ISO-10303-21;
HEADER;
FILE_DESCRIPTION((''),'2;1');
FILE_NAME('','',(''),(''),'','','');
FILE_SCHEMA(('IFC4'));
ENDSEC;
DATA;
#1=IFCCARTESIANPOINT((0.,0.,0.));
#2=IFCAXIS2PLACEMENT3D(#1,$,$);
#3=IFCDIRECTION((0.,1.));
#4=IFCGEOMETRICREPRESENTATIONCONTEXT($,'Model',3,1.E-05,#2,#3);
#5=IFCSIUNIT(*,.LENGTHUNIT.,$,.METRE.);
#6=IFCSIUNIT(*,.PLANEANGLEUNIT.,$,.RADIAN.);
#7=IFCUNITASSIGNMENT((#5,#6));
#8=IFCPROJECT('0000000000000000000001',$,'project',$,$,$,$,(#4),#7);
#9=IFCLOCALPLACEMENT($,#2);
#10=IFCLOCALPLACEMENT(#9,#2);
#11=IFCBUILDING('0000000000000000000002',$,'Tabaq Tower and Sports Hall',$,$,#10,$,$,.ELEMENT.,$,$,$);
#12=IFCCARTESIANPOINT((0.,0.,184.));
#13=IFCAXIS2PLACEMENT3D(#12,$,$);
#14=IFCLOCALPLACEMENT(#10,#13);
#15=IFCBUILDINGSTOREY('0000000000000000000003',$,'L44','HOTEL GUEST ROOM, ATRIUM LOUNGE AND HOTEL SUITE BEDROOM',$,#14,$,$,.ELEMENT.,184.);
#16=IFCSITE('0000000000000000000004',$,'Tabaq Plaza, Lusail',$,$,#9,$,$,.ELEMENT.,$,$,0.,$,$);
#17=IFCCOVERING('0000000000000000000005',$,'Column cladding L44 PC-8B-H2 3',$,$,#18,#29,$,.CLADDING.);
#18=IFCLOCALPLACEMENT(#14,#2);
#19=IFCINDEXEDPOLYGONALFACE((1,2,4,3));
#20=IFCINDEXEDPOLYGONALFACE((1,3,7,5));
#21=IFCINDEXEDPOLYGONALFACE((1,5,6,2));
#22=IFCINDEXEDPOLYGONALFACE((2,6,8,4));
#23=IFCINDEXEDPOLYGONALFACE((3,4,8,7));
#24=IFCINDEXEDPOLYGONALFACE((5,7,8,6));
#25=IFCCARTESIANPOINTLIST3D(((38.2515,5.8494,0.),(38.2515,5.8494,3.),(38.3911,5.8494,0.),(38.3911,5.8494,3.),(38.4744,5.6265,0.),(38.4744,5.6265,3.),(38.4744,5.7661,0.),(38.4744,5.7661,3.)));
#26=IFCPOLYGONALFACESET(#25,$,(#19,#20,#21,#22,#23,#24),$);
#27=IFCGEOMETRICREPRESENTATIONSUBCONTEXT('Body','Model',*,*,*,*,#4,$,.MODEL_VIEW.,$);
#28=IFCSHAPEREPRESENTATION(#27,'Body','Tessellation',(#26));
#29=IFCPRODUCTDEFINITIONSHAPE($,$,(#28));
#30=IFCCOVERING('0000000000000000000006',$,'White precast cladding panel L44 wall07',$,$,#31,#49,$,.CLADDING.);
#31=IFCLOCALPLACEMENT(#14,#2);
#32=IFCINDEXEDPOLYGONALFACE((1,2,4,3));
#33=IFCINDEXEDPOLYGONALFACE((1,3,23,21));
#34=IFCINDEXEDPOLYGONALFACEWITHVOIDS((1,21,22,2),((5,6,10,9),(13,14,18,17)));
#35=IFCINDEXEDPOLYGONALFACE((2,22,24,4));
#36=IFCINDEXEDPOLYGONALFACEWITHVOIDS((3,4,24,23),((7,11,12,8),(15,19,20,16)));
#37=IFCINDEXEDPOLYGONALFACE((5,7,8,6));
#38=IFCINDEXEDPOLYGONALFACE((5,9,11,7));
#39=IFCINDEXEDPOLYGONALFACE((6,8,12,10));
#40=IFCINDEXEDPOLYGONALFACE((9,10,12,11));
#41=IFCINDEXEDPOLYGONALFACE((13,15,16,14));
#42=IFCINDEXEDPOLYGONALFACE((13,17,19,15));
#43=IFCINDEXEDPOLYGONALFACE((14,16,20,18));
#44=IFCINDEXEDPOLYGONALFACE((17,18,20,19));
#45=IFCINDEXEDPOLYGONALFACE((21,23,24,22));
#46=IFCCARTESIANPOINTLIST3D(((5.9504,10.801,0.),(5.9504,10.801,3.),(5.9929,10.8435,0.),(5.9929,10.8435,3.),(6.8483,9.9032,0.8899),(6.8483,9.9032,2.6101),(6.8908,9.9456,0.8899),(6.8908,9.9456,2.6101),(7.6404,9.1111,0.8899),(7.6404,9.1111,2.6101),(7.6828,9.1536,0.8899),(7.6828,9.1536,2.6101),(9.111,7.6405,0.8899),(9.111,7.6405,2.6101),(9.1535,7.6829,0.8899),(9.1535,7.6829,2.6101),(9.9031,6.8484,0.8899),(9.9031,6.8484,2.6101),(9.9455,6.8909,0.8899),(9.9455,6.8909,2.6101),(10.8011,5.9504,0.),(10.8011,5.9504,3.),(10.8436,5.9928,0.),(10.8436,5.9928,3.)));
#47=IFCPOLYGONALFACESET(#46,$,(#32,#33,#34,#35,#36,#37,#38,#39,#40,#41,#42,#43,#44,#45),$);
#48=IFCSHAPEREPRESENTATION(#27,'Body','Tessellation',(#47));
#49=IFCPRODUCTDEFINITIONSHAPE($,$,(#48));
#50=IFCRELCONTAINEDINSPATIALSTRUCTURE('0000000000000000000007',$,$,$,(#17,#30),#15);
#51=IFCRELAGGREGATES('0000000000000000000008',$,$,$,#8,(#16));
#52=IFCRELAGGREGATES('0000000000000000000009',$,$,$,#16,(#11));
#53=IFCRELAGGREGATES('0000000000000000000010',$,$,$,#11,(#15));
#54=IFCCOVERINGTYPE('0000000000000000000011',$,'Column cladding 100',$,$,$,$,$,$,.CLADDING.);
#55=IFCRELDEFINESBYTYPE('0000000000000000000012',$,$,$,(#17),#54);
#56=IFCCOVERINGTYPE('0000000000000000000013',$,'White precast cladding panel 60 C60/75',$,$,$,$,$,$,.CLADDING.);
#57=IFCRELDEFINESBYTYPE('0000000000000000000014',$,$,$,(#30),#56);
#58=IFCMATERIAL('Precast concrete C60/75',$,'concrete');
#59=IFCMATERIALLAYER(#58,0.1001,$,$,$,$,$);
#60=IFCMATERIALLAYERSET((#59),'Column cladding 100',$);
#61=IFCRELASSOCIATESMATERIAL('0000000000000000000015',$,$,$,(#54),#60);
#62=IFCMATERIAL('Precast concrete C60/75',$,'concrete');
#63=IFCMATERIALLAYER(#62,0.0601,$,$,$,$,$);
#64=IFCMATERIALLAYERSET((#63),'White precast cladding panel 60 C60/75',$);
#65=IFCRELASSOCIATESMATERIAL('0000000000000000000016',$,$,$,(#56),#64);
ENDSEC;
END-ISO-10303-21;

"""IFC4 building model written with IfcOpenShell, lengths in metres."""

from ifc_helpers import new_model, si_unit, direction, frame, origin, place, context, subcontext, project, spatial, polyline, outline, extrude, material, layer, layer_set, type_object, element, save


model = new_model("IFC4")

# Units and contexts
model_context = context("Model", 3, precision=1e-05, world=origin(), true_north=direction((0.0, 1.0)))
body_context = subcontext(model_context, "Body", "Model", "MODEL_VIEW")
ifc_project = project(units=[si_unit("LENGTHUNIT", "METRE"), si_unit("PLANEANGLEUNIT", "RADIAN")], contexts=[model_context])

# Site, building, storey
site_placement = place(None, origin())
site = spatial("IfcSite", under=ifc_project, at=site_placement, Name="Tabaq Plaza, Lusail", CompositionType="ELEMENT", RefElevation=0.0)
building_placement = place(site_placement, origin())
building = spatial("IfcBuilding", under=site, at=building_placement, Name="Tabaq Tower and Sports Hall", CompositionType="ELEMENT")
storey_placement = place(building_placement, frame((0.0, 0.0, 184.0)))
storey = spatial("IfcBuildingStorey", under=building, at=storey_placement, Name="L44", Description="HOTEL GUEST ROOM, ATRIUM LOUNGE AND HOTEL SUITE BEDROOM", CompositionType="ELEMENT", Elevation=184.0)

# Coverings
ifc_material_1 = material(Name="Precast concrete C60/75", Category="concrete")
ifc_layer_1 = layer(ifc_material_1, 0.1001)
ifc_layer_set_1 = layer_set([ifc_layer_1], Name="Column cladding 100")
covering_type_1 = type_object("IfcCoveringType", Name="Column cladding 100", PredefinedType="CLADDING", material=ifc_layer_set_1)
covering_1_placement = place(storey_placement, origin())
element("IfcCovering", 1, at=covering_1_placement, inside=storey, type_object=covering_type_1, Name="Column cladding L44 PC-8B-H2 3", PredefinedType="CLADDING", context=body_context, shape_type="SweptSolid", body=[
    extrude(outline(polyline([(38.4744, 5.6265), (38.2515, 5.8494), (38.3911, 5.8494), (38.4744, 5.7661), (38.4744, 5.6265)])), origin(), (0.0, 0.0, 1.0), 3.0),
])
ifc_material_2 = material(Name="Precast concrete C60/75", Category="concrete")
ifc_layer_2 = layer(ifc_material_2, 0.0601)
ifc_layer_set_2 = layer_set([ifc_layer_2], Name="White precast cladding panel 60 C60/75")
covering_type_2 = type_object("IfcCoveringType", Name="White precast cladding panel 60 C60/75", PredefinedType="CLADDING", material=ifc_layer_set_2)
covering_2_placement = place(storey_placement, frame((5.9717, 10.8223, 0.0), z_axis=(0.0, 0.0, 1.0), x_axis=(0.707107, -0.707107, 0.0)))
element("IfcCovering", 2, at=covering_2_placement, inside=storey, type_object=covering_type_2, Name="White precast cladding panel L44 wall07", PredefinedType="CLADDING", context=body_context, shape_type="SweptSolid", body=[
    extrude(outline(polyline([(0.0, 0.0), (6.8599, 0.0), (6.8599, 3.0), (0.0, 3.0), (0.0, 0.0)]), holes=[polyline([(1.2698, 2.6101), (2.3899, 2.6101), (2.3899, 0.8899), (1.2698, 0.8899), (1.2698, 2.6101)]), polyline([(4.4697, 2.6101), (5.5898, 2.6101), (5.5898, 0.8899), (4.4697, 0.8899), (4.4697, 2.6101)])]), frame((0.0, 0.03, 0.0), z_axis=(0.0, -1.0, 0.0), x_axis=(1.0, 0.0, 0.0)), (0.0, 0.0, 1.0), 0.0601),
])

save(model, "model.ifc")
